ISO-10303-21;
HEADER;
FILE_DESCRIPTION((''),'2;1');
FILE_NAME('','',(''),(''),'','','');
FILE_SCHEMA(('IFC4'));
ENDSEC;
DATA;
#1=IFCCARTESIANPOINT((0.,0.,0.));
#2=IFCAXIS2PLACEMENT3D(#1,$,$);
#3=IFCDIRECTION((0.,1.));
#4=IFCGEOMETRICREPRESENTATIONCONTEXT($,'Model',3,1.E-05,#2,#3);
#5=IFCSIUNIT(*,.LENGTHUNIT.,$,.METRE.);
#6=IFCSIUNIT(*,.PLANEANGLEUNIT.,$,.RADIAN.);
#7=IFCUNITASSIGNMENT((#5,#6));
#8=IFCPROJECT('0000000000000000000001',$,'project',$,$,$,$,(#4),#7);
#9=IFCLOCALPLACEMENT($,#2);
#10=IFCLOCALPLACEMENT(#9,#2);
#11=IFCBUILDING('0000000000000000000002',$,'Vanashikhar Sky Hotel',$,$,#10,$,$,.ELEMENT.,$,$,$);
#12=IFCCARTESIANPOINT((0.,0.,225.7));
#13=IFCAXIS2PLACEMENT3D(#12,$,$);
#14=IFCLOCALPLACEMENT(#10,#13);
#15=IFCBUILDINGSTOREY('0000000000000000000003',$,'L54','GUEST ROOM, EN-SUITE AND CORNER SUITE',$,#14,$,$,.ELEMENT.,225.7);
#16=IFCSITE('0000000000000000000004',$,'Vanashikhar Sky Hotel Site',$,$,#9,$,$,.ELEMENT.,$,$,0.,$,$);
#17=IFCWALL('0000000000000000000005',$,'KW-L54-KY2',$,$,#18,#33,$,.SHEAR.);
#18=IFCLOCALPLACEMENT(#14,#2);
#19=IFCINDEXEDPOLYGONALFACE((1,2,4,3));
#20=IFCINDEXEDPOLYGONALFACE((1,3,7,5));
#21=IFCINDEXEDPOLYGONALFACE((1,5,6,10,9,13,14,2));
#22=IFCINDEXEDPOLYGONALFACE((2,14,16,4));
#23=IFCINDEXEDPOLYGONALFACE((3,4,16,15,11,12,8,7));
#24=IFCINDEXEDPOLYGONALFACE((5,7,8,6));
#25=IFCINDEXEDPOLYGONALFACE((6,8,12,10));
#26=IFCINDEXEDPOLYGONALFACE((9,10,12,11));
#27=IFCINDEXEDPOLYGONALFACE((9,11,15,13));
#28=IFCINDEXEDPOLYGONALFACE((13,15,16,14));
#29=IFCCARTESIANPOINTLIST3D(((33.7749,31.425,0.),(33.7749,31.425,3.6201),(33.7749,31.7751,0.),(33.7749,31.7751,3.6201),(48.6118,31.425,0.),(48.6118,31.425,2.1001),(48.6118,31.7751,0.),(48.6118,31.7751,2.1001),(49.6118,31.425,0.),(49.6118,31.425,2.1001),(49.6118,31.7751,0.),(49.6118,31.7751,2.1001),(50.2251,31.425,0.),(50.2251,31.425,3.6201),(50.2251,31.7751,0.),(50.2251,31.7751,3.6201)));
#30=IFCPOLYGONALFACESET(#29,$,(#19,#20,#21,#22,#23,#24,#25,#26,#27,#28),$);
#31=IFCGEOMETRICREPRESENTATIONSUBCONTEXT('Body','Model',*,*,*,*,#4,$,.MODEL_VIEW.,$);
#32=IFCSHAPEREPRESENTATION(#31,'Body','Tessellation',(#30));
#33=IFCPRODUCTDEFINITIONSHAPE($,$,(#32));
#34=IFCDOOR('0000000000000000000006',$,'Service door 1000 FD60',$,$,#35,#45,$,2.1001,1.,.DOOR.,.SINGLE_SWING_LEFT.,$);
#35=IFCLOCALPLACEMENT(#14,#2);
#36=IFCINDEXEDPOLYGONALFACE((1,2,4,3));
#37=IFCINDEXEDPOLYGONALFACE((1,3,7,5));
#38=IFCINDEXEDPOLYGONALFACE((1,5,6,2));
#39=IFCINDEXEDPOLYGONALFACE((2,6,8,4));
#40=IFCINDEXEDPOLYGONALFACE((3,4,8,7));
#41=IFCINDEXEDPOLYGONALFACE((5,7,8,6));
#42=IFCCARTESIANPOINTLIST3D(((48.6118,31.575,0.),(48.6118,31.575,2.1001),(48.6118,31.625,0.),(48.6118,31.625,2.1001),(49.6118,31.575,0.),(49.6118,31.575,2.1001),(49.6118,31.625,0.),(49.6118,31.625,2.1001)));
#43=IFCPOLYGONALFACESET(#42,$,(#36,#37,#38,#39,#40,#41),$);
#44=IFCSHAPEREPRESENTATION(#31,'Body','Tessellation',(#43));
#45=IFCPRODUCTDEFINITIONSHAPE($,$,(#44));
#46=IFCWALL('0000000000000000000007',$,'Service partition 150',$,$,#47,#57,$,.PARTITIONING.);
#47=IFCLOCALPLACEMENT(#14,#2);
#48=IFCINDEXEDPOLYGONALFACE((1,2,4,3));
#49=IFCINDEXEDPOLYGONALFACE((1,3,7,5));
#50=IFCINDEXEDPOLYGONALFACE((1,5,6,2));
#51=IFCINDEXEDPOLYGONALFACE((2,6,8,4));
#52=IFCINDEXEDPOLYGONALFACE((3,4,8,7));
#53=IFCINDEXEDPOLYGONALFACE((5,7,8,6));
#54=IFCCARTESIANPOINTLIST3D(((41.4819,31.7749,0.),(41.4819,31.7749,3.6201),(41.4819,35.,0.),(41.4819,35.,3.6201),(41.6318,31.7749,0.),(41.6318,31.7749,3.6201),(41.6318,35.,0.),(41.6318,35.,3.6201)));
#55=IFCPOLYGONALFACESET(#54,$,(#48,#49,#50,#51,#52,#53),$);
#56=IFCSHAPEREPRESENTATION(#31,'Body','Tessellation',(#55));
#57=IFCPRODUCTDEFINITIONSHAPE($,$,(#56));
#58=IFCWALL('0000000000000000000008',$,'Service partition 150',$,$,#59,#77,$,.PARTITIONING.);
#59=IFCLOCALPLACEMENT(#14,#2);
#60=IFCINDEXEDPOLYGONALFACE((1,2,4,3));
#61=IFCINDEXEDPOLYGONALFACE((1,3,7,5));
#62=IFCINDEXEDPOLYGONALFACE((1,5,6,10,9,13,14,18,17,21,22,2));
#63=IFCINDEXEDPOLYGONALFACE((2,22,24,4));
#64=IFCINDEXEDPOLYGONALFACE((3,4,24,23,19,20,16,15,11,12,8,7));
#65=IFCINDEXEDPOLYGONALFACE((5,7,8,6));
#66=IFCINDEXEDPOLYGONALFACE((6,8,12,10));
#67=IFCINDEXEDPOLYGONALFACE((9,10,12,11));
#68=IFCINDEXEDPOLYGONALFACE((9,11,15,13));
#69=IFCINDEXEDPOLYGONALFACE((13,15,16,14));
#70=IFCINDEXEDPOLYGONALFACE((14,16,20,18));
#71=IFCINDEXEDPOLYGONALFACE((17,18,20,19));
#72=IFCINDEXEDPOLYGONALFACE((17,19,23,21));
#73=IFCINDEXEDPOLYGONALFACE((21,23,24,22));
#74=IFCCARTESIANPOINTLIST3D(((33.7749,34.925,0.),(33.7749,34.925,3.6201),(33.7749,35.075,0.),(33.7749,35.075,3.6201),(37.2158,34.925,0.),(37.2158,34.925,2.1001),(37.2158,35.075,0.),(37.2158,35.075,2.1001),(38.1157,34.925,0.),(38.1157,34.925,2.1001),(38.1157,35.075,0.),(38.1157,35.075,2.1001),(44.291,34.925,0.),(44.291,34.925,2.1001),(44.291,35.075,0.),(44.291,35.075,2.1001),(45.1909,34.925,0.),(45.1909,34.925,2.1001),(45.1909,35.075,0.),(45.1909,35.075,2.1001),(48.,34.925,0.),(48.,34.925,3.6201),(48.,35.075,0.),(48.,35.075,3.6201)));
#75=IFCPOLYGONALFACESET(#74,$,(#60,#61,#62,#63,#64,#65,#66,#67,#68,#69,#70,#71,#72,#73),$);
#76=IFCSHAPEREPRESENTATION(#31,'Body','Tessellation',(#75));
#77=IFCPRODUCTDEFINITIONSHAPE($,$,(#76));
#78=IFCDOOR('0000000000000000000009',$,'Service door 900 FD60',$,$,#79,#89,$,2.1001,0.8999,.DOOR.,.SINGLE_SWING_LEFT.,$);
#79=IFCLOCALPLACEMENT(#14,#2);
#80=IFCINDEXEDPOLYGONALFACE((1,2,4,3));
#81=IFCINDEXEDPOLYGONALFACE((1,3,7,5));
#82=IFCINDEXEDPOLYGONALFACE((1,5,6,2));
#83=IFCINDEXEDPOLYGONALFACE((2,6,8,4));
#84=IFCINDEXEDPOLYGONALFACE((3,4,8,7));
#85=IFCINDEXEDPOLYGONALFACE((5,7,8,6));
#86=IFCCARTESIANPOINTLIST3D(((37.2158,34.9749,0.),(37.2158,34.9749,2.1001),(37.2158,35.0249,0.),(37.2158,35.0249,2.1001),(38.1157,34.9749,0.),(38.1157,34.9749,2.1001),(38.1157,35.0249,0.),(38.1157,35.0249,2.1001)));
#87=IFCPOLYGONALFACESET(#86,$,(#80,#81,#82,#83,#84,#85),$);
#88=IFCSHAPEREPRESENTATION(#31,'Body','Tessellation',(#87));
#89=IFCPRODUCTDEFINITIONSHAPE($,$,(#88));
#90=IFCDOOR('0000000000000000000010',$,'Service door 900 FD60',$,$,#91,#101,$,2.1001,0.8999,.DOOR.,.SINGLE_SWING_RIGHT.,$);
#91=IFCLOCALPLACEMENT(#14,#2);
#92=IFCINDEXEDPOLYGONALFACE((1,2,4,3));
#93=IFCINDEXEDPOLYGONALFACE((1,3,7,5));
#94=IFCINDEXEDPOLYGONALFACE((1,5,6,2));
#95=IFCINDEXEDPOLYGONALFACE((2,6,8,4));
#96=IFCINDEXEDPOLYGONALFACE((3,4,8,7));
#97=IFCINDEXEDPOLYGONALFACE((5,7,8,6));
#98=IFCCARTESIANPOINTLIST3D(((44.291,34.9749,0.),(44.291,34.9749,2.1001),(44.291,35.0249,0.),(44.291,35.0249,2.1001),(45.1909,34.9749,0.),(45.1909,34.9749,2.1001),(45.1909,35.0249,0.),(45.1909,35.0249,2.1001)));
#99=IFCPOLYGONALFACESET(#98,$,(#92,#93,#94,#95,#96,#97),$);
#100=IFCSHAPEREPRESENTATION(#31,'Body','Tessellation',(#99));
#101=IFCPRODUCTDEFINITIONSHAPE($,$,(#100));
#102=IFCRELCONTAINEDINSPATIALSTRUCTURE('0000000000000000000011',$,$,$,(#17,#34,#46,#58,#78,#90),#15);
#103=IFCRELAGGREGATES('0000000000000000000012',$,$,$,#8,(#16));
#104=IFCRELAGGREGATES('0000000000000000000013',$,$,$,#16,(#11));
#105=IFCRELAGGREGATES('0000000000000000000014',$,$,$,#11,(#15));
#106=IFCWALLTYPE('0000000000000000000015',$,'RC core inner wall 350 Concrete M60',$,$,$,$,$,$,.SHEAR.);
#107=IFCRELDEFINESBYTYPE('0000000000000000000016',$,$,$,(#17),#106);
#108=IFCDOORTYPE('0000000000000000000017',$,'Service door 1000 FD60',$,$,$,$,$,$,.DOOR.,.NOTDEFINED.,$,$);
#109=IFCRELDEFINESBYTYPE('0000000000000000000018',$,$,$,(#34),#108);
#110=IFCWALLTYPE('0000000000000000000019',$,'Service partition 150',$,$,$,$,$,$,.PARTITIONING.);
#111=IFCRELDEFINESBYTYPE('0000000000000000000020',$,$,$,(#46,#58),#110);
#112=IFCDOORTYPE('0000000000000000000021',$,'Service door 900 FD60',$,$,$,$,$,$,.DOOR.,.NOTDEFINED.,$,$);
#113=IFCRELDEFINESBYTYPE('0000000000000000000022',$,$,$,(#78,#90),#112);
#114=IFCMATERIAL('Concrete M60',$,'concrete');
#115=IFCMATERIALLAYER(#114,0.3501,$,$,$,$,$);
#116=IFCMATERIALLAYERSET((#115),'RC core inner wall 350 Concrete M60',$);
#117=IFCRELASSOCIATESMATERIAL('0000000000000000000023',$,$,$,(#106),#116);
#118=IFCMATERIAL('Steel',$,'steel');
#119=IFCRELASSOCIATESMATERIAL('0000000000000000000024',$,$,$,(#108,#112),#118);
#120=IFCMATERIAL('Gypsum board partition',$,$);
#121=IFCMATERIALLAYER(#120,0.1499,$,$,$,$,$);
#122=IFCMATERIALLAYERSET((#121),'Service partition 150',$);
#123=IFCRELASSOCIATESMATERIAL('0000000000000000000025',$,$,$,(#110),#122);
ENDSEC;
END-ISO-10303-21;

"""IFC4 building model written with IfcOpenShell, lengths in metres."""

from ifc_helpers import new_model, si_unit, direction, frame, frame_2d, origin, place, context, subcontext, project, spatial, rectangle, extrude, source, transform, mapped, material, layer, layer_set, type_object, element, fill, save


model = new_model("IFC4")

# Units and contexts
model_context = context("Model", 3, precision=1e-05, world=origin(), true_north=direction((0.0, 1.0)))
body_context = subcontext(model_context, "Body", "Model", "MODEL_VIEW")
ifc_project = project(units=[si_unit("LENGTHUNIT", "METRE"), si_unit("PLANEANGLEUNIT", "RADIAN")], contexts=[model_context])

# Site, building, storey
site_placement = place(None, origin())
site = spatial("IfcSite", under=ifc_project, at=site_placement, Name="Vanashikhar Sky Hotel Site", CompositionType="ELEMENT", RefElevation=0.0)
building_placement = place(site_placement, origin())
building = spatial("IfcBuilding", under=site, at=building_placement, Name="Vanashikhar Sky Hotel", CompositionType="ELEMENT")
storey_placement = place(building_placement, frame((0.0, 0.0, 225.7)))
storey = spatial("IfcBuildingStorey", under=building, at=storey_placement, Name="L54", Description="GUEST ROOM, EN-SUITE AND CORNER SUITE", CompositionType="ELEMENT", Elevation=225.7)

# Wall, opening, door
ifc_material_1 = material(Name="Concrete M60", Category="concrete")
ifc_layer_1 = layer(ifc_material_1, 0.3501)
ifc_layer_set_1 = layer_set([ifc_layer_1], Name="RC core inner wall 350 Concrete M60")
wall_type_1 = type_object("IfcWallType", Name="RC core inner wall 350 Concrete M60", PredefinedType="SHEAR", material=ifc_layer_set_1)
shared_shape_1 = source(origin(), body_context, "Body", "SweptSolid", [
    extrude(rectangle(XDim=16.4502, YDim=0.3501, at=frame_2d((8.2251, 0.0))), origin(), (0.0, 0.0, 1.0), 3.6201),
])
wall_1_placement = place(storey_placement, frame((33.7749, 31.6001, 0.0), z_axis=(0.0, 0.0, 1.0), x_axis=(1.0, 0.0, 0.0)))
wall_1 = element("IfcWall", 1, at=wall_1_placement, inside=storey, type_object=wall_type_1, Name="KW-L54-KY2", PredefinedType="SHEAR", context=body_context, shape_type="MappedRepresentation", body=[
    mapped(shared_shape_1, transform((0.0, 0.0, 0.0), scale=1.0)),
])
shared_shape_2 = source(origin(), body_context, "Body", "SweptSolid", [
    extrude(rectangle(XDim=1.0, YDim=2.1001, at=frame_2d((0.5, 1.05))), frame((0.0, 0.1851, 0.0), z_axis=(0.0, -1.0, 0.0), x_axis=(1.0, 0.0, 0.0)), (0.0, 0.0, 1.0), 0.3701),
])
opening_1_placement = place(wall_1_placement, frame((14.8369, 0.0, 0.0)))
opening_1 = element("IfcOpeningElement", 2, at=opening_1_placement, cuts=wall_1, PredefinedType="OPENING", context=body_context, shape_type="MappedRepresentation", body=[
    mapped(shared_shape_2, transform((0.0, 0.0, 0.0), scale=1.0)),
])
ifc_material_2 = material(Name="Steel", Category="steel")
door_type_1 = type_object("IfcDoorType", Name="Service door 1000 FD60", OperationType="NOTDEFINED", PredefinedType="DOOR", material=ifc_material_2)
shared_shape_3 = source(origin(), body_context, "Body", "SweptSolid", [
    extrude(rectangle(XDim=1.0, YDim=2.1001, at=frame_2d((0.5, 1.05))), frame((0.0, 0.0249, 0.0), z_axis=(0.0, -1.0, 0.0), x_axis=(1.0, 0.0, 0.0)), (0.0, 0.0, 1.0), 0.05),
])
door_1_placement = place(opening_1_placement, origin())
door_1 = element("IfcDoor", 3, at=door_1_placement, inside=storey, type_object=door_type_1, Name="Service door 1000 FD60", OperationType="SINGLE_SWING_LEFT", OverallHeight=2.1001, OverallWidth=1.0, PredefinedType="DOOR", context=body_context, shape_type="MappedRepresentation", body=[
    mapped(shared_shape_3, transform((0.0, 0.0, 0.0), scale=1.0)),
])
fill(opening_1, door_1)

# Wall
ifc_material_3 = material(Name="Gypsum board partition")
ifc_layer_2 = layer(ifc_material_3, 0.1499)
ifc_layer_set_2 = layer_set([ifc_layer_2], Name="Service partition 150")
wall_type_2 = type_object("IfcWallType", Name="Service partition 150", PredefinedType="PARTITIONING", material=ifc_layer_set_2)
shared_shape_4 = source(origin(), body_context, "Body", "SweptSolid", [
    extrude(rectangle(XDim=3.2251, YDim=0.1499, at=frame_2d((1.6125, 0.0))), origin(), (0.0, 0.0, 1.0), 3.6201),
])
wall_2_placement = place(storey_placement, frame((41.5569, 31.7749, 0.0), z_axis=(0.0, 0.0, 1.0), x_axis=(0.0, 1.0, 0.0)))
element("IfcWall", 4, at=wall_2_placement, inside=storey, type_object=wall_type_2, Name="Service partition 150", PredefinedType="PARTITIONING", context=body_context, shape_type="MappedRepresentation", body=[
    mapped(shared_shape_4, transform((0.0, 0.0, 0.0), scale=1.0)),
])

# Wall, openings, doors
shared_shape_5 = source(origin(), body_context, "Body", "SweptSolid", [
    extrude(rectangle(XDim=14.2251, YDim=0.1499, at=frame_2d((7.1125, 0.0))), origin(), (0.0, 0.0, 1.0), 3.6201),
])
wall_3_placement = place(storey_placement, frame((33.7749, 35.0, 0.0), z_axis=(0.0, 0.0, 1.0), x_axis=(1.0, 0.0, 0.0)))
wall_3 = element("IfcWall", 5, at=wall_3_placement, inside=storey, type_object=wall_type_2, Name="Service partition 150", PredefinedType="PARTITIONING", context=body_context, shape_type="MappedRepresentation", body=[
    mapped(shared_shape_5, transform((0.0, 0.0, 0.0), scale=1.0)),
])
shared_shape_6 = source(origin(), body_context, "Body", "SweptSolid", [
    extrude(rectangle(XDim=0.8999, YDim=2.1001, at=frame_2d((0.45, 1.05))), frame((0.0, 0.085, 0.0), z_axis=(0.0, -1.0, 0.0), x_axis=(1.0, 0.0, 0.0)), (0.0, 0.0, 1.0), 0.1699),
])
opening_2_placement = place(wall_3_placement, frame((3.4409, 0.0, 0.0)))
opening_2 = element("IfcOpeningElement", 6, at=opening_2_placement, cuts=wall_3, PredefinedType="OPENING", context=body_context, shape_type="MappedRepresentation", body=[
    mapped(shared_shape_6, transform((0.0, 0.0, 0.0), scale=1.0)),
])
opening_3_placement = place(wall_3_placement, frame((10.5161, 0.0, 0.0)))
opening_3 = element("IfcOpeningElement", 7, at=opening_3_placement, cuts=wall_3, PredefinedType="OPENING", context=body_context, shape_type="MappedRepresentation", body=[
    mapped(shared_shape_6, transform((0.0, 0.0, 0.0), scale=1.0)),
])
door_type_2 = type_object("IfcDoorType", Name="Service door 900 FD60", OperationType="NOTDEFINED", PredefinedType="DOOR", material=ifc_material_2)
shared_shape_7 = source(origin(), body_context, "Body", "SweptSolid", [
    extrude(rectangle(XDim=0.8999, YDim=2.1001, at=frame_2d((0.45, 1.05))), frame((0.0, 0.0249, 0.0), z_axis=(0.0, -1.0, 0.0), x_axis=(1.0, 0.0, 0.0)), (0.0, 0.0, 1.0), 0.05),
])
door_2_placement = place(opening_2_placement, origin())
door_2 = element("IfcDoor", 8, at=door_2_placement, inside=storey, type_object=door_type_2, Name="Service door 900 FD60", OperationType="SINGLE_SWING_LEFT", OverallHeight=2.1001, OverallWidth=0.8999, PredefinedType="DOOR", context=body_context, shape_type="MappedRepresentation", body=[
    mapped(shared_shape_7, transform((0.0, 0.0, 0.0), scale=1.0)),
])
fill(opening_2, door_2)
door_3_placement = place(opening_3_placement, origin())
door_3 = element("IfcDoor", 9, at=door_3_placement, inside=storey, type_object=door_type_2, Name="Service door 900 FD60", OperationType="SINGLE_SWING_RIGHT", OverallHeight=2.1001, OverallWidth=0.8999, PredefinedType="DOOR", context=body_context, shape_type="MappedRepresentation", body=[
    mapped(shared_shape_7, transform((0.0, 0.0, 0.0), scale=1.0)),
])
fill(opening_3, door_3)

save(model, "model.ifc")
